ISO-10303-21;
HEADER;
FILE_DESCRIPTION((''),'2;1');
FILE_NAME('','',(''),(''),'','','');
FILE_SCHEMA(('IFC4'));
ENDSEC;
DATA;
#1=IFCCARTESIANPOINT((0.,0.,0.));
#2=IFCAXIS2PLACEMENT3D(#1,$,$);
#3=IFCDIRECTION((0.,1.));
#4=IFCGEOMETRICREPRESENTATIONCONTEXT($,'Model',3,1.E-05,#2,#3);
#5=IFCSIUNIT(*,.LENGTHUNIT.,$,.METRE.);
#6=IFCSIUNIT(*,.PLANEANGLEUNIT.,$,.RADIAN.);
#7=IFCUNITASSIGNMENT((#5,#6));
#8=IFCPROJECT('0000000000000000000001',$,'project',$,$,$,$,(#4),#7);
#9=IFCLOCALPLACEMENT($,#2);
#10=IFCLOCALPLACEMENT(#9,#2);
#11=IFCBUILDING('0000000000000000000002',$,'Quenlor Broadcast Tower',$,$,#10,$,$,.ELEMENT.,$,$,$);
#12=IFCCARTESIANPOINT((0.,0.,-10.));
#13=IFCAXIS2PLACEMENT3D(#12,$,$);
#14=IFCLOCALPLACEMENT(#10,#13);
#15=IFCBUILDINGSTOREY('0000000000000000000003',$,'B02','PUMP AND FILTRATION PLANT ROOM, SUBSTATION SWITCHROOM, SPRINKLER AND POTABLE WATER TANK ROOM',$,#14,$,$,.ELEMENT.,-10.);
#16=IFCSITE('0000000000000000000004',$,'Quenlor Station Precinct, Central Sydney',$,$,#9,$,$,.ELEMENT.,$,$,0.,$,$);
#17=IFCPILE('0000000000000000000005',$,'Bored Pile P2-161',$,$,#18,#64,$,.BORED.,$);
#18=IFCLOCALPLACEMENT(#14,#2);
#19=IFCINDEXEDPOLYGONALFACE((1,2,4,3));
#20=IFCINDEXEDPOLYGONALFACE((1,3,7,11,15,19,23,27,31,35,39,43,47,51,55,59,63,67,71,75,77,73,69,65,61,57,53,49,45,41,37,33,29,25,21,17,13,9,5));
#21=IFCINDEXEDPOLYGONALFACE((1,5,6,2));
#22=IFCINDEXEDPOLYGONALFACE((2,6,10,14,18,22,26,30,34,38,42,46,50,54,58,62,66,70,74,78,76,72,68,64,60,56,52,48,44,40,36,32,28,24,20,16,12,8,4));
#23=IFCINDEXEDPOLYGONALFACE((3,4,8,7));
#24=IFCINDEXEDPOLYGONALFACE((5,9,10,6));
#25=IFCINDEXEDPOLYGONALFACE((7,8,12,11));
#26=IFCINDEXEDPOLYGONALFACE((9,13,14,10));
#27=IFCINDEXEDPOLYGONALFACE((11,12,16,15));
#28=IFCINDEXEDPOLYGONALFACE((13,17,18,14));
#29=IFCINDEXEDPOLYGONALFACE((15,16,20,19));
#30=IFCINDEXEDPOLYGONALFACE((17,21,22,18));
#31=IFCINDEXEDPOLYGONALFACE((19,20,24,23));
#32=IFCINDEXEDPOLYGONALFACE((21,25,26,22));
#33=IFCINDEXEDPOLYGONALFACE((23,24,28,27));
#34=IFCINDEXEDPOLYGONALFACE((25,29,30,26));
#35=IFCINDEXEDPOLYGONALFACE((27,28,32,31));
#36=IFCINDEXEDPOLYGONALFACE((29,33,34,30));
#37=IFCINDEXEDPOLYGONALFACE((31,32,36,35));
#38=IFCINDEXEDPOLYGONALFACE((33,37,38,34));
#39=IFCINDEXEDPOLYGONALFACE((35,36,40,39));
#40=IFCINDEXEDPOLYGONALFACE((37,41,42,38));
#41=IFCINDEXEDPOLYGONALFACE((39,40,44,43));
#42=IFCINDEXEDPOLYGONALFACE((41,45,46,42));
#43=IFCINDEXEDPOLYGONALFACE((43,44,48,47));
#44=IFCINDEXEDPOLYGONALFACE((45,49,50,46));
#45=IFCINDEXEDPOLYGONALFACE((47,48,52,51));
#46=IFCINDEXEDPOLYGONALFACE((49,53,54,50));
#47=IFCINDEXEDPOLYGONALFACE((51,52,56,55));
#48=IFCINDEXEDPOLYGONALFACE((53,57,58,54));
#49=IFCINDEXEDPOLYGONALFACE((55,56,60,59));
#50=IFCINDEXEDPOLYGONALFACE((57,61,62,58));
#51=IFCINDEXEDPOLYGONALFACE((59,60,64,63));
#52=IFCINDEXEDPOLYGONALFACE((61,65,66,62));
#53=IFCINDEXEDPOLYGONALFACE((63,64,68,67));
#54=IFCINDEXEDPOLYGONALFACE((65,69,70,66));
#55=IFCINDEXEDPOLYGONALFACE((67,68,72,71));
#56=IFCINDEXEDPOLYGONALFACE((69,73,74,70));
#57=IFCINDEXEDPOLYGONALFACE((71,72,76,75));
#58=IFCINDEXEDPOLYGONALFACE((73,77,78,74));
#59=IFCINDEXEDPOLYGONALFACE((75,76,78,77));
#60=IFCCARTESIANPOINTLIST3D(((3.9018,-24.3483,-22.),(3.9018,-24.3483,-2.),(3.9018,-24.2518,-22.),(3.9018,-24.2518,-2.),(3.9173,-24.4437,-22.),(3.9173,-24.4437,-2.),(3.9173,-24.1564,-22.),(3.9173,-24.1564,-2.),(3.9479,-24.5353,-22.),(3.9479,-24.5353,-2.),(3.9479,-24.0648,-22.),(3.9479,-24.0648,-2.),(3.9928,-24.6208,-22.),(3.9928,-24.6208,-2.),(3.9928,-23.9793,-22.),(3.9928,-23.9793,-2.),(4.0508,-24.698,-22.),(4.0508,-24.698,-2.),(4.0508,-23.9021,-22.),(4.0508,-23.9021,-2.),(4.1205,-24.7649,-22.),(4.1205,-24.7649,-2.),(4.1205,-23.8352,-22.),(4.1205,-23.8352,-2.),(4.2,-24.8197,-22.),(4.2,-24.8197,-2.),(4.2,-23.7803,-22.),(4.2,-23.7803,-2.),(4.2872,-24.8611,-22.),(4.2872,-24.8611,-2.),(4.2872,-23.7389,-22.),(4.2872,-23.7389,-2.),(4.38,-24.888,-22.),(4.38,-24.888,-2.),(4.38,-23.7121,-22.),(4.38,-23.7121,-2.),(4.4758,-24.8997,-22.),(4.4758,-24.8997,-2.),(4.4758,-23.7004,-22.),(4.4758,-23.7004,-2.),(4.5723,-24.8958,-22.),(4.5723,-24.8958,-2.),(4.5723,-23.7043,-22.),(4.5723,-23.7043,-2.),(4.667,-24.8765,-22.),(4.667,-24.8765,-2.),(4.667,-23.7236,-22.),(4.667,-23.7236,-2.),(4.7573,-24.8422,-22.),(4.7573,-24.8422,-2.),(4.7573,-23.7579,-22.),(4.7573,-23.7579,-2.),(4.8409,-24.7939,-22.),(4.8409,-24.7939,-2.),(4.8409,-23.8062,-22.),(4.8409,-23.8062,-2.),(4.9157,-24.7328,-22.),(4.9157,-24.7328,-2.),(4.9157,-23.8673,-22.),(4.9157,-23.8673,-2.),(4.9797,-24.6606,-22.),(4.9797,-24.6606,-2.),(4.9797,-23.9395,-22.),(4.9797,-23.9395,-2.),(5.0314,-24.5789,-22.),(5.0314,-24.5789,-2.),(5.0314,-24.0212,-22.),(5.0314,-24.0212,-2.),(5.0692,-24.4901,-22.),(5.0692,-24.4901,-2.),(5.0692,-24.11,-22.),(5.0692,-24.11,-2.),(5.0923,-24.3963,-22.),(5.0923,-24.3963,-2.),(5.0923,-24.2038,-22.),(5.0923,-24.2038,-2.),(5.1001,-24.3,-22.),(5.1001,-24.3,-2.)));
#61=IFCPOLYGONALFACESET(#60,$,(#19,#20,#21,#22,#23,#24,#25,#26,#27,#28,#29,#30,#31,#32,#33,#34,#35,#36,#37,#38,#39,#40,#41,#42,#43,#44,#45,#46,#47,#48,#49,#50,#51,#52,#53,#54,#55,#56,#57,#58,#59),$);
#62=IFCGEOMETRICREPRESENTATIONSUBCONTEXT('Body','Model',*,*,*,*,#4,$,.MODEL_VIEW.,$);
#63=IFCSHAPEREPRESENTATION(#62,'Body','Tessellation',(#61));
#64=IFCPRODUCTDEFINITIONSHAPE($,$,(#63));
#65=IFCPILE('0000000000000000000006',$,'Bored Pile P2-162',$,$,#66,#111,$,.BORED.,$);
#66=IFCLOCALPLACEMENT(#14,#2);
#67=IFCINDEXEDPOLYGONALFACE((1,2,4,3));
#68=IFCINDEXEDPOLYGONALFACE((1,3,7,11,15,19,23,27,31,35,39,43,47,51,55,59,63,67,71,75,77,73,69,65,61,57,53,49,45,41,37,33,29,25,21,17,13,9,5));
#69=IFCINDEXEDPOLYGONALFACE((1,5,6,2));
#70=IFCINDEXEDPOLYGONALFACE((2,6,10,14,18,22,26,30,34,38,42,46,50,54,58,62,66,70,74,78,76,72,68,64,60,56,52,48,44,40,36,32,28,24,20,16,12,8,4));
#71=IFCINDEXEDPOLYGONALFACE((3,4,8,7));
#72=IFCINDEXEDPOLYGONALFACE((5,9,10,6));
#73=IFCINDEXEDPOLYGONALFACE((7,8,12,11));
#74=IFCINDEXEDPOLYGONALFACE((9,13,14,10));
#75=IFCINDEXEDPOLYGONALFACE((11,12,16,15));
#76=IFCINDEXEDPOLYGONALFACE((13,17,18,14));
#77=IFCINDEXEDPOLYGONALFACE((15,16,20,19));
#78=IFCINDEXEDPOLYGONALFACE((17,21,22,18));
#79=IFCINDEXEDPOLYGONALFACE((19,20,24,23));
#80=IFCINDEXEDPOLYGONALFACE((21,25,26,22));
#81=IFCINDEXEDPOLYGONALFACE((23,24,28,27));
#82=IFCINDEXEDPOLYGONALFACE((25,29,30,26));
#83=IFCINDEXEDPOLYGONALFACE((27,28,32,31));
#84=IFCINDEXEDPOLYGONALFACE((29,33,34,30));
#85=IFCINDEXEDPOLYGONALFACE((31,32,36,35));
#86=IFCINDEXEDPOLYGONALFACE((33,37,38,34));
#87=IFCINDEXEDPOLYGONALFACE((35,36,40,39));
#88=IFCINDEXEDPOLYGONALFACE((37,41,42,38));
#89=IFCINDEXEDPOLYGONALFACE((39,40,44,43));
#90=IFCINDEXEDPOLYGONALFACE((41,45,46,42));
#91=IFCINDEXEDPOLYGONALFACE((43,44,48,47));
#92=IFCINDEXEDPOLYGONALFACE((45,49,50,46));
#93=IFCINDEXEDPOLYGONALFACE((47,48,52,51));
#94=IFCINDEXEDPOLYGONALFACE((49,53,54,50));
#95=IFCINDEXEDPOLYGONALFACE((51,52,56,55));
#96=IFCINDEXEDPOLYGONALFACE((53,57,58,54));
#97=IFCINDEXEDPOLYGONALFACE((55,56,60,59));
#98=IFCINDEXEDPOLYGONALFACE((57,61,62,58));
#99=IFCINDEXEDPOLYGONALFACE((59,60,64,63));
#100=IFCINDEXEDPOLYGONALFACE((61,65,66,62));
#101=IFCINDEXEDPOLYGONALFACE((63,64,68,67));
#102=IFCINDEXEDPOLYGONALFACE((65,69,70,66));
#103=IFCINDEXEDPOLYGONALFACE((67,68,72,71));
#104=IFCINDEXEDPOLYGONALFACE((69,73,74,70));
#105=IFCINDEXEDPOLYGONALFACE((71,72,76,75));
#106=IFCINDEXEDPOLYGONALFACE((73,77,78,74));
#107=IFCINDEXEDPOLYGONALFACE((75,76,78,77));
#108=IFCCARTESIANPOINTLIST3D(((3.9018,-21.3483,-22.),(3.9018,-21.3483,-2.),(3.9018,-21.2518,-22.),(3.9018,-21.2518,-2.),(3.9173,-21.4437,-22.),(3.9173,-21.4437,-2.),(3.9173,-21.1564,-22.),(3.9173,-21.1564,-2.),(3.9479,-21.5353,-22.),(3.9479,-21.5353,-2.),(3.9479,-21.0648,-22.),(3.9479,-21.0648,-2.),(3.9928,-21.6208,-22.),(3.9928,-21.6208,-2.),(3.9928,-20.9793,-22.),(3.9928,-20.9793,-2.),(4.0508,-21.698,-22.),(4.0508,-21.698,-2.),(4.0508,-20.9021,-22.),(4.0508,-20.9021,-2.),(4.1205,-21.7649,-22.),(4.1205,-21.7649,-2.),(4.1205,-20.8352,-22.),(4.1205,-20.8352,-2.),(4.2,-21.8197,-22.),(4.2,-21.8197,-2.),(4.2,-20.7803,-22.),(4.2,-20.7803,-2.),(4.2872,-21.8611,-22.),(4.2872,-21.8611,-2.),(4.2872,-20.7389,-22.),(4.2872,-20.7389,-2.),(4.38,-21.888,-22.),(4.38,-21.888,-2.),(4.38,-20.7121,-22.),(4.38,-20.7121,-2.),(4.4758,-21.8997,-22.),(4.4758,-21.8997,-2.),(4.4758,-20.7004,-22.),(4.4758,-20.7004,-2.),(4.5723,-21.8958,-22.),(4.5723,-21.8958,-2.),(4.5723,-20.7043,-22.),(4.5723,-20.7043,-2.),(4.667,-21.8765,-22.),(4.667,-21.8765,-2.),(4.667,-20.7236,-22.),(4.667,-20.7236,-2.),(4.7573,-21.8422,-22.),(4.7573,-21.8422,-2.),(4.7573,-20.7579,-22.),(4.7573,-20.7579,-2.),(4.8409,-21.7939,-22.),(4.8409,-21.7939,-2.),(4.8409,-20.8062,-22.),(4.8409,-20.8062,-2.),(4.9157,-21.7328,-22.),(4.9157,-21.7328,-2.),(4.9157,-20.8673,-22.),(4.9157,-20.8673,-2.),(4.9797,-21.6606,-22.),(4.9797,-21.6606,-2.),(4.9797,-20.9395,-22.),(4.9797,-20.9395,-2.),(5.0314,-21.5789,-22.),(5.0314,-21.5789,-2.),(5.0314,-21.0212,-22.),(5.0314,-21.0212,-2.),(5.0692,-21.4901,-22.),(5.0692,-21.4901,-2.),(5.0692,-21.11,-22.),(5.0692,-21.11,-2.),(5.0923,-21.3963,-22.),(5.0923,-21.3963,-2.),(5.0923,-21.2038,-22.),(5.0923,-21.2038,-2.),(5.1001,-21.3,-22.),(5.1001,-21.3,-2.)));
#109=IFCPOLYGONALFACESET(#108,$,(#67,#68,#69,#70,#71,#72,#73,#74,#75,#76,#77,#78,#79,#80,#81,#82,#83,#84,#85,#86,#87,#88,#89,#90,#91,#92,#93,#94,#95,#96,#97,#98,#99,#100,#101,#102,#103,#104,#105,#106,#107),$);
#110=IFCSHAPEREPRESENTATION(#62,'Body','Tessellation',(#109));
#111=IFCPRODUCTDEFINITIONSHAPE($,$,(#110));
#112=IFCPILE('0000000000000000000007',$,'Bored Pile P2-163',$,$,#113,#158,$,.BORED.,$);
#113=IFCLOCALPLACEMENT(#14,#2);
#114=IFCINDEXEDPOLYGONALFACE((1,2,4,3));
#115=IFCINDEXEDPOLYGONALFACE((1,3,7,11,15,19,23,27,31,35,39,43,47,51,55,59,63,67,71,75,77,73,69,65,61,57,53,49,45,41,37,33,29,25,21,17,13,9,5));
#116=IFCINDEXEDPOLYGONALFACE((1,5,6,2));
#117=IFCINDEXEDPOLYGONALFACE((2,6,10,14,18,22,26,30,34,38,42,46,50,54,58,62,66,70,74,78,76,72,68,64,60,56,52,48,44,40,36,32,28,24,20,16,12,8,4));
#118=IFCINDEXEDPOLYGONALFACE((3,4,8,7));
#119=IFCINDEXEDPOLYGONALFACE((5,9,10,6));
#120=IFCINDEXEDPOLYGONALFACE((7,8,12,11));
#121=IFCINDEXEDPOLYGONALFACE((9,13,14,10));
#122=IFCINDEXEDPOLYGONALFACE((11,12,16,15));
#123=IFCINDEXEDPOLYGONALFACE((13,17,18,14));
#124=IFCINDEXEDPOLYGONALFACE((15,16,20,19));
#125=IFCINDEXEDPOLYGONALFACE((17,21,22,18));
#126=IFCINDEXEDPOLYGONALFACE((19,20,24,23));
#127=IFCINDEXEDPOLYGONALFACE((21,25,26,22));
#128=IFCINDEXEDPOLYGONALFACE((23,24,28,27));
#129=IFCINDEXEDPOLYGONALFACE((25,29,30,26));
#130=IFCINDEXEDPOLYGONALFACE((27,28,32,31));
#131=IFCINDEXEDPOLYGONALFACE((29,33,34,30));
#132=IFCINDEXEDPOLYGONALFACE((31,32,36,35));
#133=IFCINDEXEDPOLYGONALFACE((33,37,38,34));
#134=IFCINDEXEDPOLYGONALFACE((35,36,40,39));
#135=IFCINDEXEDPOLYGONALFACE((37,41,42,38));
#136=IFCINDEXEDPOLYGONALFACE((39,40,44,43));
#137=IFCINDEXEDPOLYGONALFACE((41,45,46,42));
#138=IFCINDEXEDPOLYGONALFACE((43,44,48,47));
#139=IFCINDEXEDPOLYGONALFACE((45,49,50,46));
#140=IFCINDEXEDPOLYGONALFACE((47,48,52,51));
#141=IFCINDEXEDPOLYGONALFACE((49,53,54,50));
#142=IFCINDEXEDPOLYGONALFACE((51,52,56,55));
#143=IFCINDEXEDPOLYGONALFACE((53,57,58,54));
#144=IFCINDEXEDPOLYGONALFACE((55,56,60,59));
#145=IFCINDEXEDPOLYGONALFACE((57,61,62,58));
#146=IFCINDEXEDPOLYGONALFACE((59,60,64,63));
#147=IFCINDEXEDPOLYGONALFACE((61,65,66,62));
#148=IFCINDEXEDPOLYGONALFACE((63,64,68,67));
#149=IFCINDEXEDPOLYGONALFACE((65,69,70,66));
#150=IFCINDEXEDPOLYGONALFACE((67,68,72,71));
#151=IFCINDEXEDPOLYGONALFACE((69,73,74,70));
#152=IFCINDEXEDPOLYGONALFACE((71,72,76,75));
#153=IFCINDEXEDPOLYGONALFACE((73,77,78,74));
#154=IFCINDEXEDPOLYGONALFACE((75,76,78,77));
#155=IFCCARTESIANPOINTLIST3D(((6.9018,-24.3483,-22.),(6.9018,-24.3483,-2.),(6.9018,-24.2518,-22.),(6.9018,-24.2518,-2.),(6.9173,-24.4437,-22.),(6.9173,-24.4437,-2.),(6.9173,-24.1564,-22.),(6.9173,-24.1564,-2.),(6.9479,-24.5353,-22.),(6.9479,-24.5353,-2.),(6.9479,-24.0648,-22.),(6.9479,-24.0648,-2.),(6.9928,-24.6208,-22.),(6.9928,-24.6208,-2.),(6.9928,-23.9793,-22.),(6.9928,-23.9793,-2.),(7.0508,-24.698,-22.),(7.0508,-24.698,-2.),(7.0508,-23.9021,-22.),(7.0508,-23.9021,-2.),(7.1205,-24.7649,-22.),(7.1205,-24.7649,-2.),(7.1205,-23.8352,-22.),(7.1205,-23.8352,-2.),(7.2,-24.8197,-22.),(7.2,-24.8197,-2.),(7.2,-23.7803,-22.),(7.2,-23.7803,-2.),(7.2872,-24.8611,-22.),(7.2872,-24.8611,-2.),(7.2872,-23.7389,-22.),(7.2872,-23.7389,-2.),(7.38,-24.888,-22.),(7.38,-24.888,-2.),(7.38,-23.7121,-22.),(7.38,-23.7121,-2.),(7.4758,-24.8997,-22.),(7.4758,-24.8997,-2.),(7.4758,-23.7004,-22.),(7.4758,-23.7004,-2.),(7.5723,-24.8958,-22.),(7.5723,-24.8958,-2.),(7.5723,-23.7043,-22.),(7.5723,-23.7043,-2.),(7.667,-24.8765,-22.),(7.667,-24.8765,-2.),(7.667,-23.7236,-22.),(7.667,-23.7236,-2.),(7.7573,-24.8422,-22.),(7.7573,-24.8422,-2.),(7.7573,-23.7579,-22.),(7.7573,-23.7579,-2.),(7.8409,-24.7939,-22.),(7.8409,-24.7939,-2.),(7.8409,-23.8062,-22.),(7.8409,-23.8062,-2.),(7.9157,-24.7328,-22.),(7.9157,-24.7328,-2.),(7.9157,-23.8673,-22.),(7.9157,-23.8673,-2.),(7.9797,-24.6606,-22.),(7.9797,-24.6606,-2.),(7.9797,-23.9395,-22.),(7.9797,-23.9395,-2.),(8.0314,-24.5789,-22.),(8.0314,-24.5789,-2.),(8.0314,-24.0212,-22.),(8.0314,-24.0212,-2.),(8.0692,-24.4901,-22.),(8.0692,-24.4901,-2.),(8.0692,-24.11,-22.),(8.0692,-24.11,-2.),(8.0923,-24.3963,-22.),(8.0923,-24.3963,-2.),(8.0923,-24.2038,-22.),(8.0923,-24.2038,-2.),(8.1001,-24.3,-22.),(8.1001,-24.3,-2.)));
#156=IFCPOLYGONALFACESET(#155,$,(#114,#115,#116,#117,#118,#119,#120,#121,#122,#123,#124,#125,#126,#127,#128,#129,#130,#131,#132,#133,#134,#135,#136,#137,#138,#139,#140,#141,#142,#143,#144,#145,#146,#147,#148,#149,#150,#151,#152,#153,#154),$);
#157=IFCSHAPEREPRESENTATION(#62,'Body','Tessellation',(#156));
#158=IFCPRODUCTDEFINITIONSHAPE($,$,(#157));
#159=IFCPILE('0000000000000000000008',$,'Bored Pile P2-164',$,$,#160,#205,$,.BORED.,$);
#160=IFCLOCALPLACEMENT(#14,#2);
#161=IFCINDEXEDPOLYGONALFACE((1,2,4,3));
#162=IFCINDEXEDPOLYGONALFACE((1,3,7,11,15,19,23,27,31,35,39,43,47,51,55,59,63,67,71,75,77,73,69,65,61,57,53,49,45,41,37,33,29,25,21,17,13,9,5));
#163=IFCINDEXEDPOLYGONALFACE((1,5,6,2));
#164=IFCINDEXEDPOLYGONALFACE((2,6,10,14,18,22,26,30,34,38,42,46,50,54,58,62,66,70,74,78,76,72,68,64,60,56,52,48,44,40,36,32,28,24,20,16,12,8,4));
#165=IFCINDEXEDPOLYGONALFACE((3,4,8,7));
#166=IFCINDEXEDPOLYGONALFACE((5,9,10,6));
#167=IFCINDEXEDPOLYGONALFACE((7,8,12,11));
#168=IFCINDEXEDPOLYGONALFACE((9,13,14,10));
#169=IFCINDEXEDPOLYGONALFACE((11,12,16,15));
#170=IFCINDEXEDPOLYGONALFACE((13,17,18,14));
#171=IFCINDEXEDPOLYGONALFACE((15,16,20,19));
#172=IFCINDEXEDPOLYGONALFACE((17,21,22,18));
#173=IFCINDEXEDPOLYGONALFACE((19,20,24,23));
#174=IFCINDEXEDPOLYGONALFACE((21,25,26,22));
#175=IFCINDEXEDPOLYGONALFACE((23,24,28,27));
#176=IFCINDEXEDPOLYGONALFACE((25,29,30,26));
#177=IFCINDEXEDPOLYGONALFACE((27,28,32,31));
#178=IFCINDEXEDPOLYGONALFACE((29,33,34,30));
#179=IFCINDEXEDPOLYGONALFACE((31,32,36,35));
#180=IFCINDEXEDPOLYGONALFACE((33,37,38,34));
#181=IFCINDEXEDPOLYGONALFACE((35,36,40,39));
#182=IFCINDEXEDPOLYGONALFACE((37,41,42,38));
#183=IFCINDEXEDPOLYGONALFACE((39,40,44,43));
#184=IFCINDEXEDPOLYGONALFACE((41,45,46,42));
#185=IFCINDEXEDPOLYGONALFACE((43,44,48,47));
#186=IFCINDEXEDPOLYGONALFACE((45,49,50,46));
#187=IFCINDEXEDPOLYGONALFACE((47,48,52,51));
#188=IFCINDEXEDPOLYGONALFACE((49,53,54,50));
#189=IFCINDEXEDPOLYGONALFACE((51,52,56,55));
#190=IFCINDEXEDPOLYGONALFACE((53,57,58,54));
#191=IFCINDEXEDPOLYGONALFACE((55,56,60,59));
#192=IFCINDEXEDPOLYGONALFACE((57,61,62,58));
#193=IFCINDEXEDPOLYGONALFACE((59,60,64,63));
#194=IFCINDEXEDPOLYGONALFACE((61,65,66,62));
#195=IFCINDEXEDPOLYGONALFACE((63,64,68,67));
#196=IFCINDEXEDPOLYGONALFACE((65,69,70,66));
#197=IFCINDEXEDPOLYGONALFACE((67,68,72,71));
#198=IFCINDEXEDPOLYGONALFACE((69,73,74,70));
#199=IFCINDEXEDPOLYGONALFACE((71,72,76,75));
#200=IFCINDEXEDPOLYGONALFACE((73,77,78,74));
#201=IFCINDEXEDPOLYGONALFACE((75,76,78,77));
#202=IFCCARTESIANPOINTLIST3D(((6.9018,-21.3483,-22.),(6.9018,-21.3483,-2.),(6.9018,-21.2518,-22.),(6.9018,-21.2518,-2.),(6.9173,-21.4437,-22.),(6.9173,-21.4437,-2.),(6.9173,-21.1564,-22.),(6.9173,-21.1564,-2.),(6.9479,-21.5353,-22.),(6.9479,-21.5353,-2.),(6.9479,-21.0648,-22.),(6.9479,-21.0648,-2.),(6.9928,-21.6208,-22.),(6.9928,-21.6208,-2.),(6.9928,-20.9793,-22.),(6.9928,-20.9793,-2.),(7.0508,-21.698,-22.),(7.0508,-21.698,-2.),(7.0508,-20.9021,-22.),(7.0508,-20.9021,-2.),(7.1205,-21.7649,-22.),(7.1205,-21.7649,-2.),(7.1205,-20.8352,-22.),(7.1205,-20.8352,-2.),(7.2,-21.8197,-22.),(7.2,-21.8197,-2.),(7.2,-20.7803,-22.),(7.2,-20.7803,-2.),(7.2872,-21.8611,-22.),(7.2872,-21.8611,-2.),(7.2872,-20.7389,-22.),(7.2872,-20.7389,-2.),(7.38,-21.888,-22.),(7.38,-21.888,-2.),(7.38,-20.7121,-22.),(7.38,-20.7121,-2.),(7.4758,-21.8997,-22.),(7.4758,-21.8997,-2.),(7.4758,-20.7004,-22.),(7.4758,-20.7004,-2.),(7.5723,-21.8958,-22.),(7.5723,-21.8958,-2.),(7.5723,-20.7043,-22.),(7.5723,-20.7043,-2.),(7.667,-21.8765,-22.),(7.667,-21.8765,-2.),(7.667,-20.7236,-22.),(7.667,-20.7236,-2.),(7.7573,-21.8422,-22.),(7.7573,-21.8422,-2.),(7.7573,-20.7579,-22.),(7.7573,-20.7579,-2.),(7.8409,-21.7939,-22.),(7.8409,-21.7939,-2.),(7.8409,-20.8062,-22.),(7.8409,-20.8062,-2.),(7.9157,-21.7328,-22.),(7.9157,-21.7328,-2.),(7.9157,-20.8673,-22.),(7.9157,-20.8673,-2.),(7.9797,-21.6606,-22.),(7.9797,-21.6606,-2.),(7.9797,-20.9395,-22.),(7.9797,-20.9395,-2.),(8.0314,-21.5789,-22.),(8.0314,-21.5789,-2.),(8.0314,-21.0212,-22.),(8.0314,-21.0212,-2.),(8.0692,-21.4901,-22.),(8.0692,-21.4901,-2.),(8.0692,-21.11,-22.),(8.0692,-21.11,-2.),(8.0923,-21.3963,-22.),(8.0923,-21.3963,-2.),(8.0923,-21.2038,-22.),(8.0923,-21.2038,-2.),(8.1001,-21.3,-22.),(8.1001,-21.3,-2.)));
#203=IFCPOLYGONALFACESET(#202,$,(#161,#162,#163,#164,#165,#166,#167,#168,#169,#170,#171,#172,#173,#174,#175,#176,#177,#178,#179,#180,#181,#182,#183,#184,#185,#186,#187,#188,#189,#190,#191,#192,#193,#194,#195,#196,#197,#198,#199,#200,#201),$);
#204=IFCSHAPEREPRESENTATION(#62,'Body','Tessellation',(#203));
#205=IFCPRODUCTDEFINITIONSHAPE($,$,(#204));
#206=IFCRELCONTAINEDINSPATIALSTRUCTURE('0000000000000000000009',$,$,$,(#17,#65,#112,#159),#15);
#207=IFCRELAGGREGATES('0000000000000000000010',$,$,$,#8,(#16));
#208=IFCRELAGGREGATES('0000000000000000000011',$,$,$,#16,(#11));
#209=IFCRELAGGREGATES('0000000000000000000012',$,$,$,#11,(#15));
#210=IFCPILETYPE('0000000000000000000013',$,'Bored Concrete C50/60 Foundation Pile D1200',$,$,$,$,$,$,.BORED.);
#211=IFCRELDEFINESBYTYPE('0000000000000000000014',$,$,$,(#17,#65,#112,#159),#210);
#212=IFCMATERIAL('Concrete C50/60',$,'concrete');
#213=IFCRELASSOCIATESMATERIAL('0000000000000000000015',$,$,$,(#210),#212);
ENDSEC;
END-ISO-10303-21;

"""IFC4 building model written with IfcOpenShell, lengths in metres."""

from ifc_helpers import new_model, si_unit, direction, frame, origin, origin_2d, place, context, subcontext, project, spatial, circle, extrude, material, material_profile, profile_set, type_object, element, save


model = new_model("IFC4")

# Units and contexts
model_context = context("Model", 3, precision=1e-05, world=origin(), true_north=direction((0.0, 1.0)))
body_context = subcontext(model_context, "Body", "Model", "MODEL_VIEW")
ifc_project = project(units=[si_unit("LENGTHUNIT", "METRE"), si_unit("PLANEANGLEUNIT", "RADIAN")], contexts=[model_context])

# Site, building, storey
site_placement = place(None, origin())
site = spatial("IfcSite", under=ifc_project, at=site_placement, Name="Quenlor Station Precinct, Central Sydney", CompositionType="ELEMENT", RefElevation=0.0)
building_placement = place(site_placement, origin())
building = spatial("IfcBuilding", under=site, at=building_placement, Name="Quenlor Broadcast Tower", CompositionType="ELEMENT")
storey_placement = place(building_placement, frame((0.0, 0.0, -10.0)))
storey = spatial("IfcBuildingStorey", under=building, at=storey_placement, Name="B02", Description="PUMP AND FILTRATION PLANT ROOM, SUBSTATION SWITCHROOM, SPRINKLER AND POTABLE WATER TANK ROOM", CompositionType="ELEMENT", Elevation=-10.0)

# Piles
ifc_material_1 = material(Name="Concrete C50/60", Category="concrete")
ifc_material_profile_1 = material_profile(ifc_material_1, circle(Radius=0.6001, at=origin_2d()))
ifc_profile_set_1 = profile_set([ifc_material_profile_1], Name="Concrete C50/60 PILE1200")
pile_type_1 = type_object("IfcPileType", Name="Bored Concrete C50/60 Foundation Pile D1200", PredefinedType="BORED", material=ifc_profile_set_1)
for number, where, z_axis, x_axis, name in (
    (1, (4.5, -24.3, -2.0), (0.0, 0.0, -1.0), (1.0, 0.0, 0.0), "Bored Pile P2-161"),
    (2, (4.5, -21.3, -2.0), (0.0, 0.0, -1.0), (1.0, 0.0, 0.0), "Bored Pile P2-162"),
    (3, (7.5, -24.3, -2.0), (0.0, 0.0, -1.0), (1.0, 0.0, 0.0), "Bored Pile P2-163"),
    (4, (7.5, -21.3, -2.0), (0.0, 0.0, -1.0), (1.0, 0.0, 0.0), "Bored Pile P2-164"),
):
    element("IfcPile", number, at=place(storey_placement, frame(where, z_axis=z_axis, x_axis=x_axis)), inside=storey, type_object=pile_type_1, Name=name, PredefinedType="BORED", context=body_context, shape_type="SweptSolid", body=[
        extrude(circle(Radius=0.6001, at=origin_2d()), origin(), (0.0, 0.0, 1.0), 20.0),
    ])

save(model, "model.ifc")
